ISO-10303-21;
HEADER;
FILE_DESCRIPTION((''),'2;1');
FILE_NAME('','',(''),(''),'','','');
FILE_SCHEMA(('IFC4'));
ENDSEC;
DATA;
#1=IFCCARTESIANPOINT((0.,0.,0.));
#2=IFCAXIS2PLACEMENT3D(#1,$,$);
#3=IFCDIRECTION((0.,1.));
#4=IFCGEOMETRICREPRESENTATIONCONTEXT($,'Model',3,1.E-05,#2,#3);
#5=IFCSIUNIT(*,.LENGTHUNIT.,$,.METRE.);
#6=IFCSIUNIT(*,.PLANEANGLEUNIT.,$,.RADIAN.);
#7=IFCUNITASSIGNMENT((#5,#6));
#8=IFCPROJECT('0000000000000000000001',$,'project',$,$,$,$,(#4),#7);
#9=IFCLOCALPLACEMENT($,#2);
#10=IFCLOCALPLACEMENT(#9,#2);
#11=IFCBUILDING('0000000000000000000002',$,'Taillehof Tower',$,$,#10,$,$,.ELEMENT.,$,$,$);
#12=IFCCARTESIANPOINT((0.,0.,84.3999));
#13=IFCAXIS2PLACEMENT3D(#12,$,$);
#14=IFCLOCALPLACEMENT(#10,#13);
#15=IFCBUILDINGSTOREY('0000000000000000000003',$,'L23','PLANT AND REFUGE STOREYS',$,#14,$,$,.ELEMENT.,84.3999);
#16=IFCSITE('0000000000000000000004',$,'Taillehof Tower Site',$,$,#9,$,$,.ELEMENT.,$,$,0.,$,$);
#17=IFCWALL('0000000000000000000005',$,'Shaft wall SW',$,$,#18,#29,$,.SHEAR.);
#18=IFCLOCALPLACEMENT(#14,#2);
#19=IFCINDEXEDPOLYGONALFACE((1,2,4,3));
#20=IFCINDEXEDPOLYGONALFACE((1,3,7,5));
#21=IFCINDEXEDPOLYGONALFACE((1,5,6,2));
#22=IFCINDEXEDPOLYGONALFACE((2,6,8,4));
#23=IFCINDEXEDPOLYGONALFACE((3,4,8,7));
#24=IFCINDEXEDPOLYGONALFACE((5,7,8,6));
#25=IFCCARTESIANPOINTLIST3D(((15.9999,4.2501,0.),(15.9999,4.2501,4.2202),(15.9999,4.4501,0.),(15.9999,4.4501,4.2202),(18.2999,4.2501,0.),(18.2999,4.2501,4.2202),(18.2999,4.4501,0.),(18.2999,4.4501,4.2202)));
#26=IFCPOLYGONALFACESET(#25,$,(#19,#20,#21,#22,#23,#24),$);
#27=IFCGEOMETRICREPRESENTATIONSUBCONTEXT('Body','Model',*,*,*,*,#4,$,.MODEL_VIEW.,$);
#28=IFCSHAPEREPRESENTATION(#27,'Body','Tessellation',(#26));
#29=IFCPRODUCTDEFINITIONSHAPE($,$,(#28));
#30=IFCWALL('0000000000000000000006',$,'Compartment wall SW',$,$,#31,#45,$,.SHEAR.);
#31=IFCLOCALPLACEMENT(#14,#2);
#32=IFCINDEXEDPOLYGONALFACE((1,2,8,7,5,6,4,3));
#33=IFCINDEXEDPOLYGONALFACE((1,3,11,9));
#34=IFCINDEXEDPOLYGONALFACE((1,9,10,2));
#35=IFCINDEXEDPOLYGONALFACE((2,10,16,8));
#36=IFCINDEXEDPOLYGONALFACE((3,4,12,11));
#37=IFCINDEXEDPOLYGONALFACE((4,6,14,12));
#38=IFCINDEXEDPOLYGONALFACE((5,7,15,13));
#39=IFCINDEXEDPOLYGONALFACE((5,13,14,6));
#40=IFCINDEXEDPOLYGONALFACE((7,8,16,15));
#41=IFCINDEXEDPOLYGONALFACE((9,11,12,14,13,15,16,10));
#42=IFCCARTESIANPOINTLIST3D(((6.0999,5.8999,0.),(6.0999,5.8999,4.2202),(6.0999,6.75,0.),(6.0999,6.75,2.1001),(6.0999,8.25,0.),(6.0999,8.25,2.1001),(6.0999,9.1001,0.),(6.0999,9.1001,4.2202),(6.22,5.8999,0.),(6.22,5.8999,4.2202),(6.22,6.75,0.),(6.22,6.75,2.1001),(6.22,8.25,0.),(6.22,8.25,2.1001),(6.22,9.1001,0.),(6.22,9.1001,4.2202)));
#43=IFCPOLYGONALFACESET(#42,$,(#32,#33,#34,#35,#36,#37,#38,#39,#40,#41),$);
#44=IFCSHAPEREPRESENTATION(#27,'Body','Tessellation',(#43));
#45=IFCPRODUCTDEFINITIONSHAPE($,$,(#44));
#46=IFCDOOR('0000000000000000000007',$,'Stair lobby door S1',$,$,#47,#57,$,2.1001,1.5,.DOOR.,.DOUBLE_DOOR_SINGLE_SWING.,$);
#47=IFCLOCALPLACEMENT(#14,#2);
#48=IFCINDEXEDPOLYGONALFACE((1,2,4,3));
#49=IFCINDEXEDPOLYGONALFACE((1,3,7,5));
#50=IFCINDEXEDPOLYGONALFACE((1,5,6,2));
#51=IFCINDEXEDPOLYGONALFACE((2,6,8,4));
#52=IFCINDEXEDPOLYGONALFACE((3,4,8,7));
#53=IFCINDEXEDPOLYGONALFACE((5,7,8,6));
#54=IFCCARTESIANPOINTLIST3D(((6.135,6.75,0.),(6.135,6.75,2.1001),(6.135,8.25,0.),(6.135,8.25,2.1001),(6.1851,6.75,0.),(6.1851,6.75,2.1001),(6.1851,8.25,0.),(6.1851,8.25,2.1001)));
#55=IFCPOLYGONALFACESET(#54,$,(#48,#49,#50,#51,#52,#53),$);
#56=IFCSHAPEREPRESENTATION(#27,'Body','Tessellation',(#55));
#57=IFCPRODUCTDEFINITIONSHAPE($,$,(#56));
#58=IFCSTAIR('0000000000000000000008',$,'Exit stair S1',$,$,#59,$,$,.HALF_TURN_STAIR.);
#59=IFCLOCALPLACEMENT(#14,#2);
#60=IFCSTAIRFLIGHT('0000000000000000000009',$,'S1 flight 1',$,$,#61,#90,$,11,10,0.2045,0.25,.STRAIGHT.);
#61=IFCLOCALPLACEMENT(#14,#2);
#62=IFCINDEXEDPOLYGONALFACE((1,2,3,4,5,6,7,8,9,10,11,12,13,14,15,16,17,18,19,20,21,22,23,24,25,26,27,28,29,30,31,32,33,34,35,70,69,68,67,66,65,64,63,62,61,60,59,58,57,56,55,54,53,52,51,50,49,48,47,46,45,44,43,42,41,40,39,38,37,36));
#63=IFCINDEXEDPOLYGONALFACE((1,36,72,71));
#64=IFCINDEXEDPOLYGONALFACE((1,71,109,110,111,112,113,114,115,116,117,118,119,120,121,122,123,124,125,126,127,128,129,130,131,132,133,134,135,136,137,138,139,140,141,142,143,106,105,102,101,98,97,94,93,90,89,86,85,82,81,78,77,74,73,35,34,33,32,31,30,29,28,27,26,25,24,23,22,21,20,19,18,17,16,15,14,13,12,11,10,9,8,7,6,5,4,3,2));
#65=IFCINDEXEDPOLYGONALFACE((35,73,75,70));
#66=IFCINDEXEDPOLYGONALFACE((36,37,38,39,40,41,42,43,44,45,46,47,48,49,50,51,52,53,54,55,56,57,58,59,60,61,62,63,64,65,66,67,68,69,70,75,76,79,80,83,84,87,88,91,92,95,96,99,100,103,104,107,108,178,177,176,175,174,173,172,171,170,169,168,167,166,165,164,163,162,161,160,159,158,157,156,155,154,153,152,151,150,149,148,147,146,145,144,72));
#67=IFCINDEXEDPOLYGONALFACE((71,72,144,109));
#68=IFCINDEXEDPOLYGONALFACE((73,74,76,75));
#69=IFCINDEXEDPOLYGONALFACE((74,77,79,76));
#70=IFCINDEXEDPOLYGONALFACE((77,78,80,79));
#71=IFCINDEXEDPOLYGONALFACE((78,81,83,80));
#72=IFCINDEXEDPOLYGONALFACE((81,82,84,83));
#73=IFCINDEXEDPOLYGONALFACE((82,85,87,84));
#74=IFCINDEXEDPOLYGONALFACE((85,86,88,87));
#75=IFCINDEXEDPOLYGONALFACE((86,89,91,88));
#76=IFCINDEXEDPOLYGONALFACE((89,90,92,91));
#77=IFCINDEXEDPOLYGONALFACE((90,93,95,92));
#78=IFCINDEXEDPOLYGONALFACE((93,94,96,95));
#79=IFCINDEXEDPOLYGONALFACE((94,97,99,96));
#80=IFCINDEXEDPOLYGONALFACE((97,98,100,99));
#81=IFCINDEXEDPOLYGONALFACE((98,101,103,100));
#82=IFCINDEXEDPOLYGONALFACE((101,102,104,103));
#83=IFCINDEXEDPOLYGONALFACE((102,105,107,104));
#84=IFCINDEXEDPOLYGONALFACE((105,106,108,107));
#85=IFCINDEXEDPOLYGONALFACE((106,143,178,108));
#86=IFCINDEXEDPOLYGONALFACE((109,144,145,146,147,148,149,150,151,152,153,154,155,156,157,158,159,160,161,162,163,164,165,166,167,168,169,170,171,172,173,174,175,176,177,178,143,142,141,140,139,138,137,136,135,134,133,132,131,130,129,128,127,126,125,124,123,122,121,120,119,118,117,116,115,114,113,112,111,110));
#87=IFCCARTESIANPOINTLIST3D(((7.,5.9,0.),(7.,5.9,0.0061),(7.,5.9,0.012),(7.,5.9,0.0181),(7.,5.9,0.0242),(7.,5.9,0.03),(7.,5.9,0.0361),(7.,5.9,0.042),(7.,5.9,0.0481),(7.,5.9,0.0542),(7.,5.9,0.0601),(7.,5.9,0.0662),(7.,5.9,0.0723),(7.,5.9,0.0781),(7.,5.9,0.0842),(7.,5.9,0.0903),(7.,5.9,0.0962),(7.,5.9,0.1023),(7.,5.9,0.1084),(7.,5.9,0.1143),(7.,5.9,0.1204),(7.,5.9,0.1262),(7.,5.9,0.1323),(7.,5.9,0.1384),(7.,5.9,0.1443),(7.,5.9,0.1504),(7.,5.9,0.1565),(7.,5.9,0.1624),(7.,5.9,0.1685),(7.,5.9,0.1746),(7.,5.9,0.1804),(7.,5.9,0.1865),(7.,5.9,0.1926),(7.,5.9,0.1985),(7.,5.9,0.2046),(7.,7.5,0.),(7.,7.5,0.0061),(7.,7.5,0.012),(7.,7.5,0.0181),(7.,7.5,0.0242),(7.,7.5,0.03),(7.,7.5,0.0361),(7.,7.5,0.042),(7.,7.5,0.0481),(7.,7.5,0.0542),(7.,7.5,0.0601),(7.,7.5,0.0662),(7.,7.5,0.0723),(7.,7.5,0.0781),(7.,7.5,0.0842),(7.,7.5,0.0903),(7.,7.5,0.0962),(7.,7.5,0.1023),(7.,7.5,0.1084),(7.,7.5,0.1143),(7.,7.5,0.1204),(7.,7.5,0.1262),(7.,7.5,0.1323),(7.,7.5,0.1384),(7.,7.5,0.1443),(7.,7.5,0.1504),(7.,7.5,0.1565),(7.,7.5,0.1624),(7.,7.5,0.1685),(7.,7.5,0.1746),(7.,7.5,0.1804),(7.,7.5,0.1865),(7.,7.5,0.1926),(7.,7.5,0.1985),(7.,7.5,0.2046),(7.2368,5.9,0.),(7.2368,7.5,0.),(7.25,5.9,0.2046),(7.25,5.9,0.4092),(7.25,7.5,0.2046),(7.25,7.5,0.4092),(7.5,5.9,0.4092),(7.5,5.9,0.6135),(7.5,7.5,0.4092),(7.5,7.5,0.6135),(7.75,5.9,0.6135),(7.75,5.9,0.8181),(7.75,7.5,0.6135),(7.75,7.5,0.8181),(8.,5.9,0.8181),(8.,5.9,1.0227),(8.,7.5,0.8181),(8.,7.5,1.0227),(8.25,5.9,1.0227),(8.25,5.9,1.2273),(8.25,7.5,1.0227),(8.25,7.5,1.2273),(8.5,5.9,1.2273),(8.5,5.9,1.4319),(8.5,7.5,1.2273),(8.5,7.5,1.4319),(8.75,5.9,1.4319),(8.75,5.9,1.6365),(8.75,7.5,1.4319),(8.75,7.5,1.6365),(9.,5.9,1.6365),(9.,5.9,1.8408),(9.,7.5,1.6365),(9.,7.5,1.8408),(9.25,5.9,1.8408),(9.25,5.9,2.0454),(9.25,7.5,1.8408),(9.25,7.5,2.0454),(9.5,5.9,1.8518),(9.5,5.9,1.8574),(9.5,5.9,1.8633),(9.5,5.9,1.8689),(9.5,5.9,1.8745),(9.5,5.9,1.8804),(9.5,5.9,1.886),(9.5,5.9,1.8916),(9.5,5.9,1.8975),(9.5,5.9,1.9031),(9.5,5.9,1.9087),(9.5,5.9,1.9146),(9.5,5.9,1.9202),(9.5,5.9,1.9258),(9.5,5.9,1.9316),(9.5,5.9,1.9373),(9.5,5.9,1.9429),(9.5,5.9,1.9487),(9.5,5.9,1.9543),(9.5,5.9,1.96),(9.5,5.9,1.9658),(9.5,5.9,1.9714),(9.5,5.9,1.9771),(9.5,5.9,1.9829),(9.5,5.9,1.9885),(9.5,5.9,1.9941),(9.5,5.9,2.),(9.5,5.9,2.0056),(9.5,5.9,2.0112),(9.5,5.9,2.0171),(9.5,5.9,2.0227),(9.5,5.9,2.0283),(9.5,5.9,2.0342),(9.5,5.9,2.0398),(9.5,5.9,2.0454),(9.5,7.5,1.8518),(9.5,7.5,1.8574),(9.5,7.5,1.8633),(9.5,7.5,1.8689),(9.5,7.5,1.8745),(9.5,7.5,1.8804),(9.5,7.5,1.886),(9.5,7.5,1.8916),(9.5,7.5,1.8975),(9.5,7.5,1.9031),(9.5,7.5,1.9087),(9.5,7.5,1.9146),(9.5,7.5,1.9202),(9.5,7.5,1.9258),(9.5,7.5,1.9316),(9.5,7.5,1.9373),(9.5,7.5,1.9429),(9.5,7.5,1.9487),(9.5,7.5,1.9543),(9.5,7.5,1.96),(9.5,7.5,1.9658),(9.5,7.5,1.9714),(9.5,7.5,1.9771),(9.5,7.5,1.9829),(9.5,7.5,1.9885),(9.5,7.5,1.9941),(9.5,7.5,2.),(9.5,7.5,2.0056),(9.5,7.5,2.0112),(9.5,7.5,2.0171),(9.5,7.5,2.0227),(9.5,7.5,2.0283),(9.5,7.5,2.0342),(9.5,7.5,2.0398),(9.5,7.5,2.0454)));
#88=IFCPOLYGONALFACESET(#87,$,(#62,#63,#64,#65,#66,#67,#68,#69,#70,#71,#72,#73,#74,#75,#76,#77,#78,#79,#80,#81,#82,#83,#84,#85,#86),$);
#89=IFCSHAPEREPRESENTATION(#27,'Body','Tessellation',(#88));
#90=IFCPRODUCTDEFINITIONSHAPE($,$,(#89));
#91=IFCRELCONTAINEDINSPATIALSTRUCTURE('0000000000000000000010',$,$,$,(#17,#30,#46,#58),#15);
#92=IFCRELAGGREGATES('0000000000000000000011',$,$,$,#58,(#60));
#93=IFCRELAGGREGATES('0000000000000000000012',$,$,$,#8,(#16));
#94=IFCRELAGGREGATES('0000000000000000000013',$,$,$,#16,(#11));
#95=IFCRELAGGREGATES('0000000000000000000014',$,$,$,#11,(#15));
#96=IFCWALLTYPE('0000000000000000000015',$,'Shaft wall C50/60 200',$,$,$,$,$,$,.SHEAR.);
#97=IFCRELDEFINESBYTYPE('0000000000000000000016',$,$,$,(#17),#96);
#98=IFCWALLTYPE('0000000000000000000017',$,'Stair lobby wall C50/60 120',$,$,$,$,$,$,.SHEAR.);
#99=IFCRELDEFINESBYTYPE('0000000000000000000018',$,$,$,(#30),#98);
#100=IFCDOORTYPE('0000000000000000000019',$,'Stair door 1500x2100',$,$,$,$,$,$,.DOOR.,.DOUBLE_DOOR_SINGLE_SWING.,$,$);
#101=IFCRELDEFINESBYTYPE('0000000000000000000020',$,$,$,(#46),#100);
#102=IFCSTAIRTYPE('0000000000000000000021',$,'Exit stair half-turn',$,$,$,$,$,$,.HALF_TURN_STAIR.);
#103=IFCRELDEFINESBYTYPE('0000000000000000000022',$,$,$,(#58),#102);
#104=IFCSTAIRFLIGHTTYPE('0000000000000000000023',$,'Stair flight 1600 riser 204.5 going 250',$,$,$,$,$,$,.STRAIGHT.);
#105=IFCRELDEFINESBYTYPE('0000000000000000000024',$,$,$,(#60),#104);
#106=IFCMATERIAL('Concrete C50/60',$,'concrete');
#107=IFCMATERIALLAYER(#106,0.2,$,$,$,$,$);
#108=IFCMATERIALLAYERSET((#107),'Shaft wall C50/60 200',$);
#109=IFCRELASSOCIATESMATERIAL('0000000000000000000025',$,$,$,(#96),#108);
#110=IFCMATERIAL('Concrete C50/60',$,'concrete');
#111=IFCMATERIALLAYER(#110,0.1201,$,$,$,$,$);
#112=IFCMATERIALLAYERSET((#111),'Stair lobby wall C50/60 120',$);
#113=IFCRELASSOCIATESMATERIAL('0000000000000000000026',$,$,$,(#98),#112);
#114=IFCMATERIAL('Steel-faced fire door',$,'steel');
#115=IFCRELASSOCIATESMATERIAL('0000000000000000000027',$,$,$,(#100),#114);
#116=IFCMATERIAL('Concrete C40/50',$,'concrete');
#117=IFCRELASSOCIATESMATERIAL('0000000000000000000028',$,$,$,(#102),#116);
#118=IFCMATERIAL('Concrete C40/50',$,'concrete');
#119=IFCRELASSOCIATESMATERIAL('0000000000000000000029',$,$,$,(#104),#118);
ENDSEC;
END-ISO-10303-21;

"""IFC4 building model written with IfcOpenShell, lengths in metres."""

from ifc_helpers import new_model, si_unit, direction, frame, frame_2d, origin, place, context, subcontext, project, spatial, polyline, rectangle, outline, extrude, material, layer, layer_set, type_object, element, fill, aggregate, save


model = new_model("IFC4")

# Units and contexts
model_context = context("Model", 3, precision=1e-05, world=origin(), true_north=direction((0.0, 1.0)))
body_context = subcontext(model_context, "Body", "Model", "MODEL_VIEW")
ifc_project = project(units=[si_unit("LENGTHUNIT", "METRE"), si_unit("PLANEANGLEUNIT", "RADIAN")], contexts=[model_context])

# Site, building, storey
site_placement = place(None, origin())
site = spatial("IfcSite", under=ifc_project, at=site_placement, Name="Taillehof Tower Site", CompositionType="ELEMENT", RefElevation=0.0)
building_placement = place(site_placement, origin())
building = spatial("IfcBuilding", under=site, at=building_placement, Name="Taillehof Tower", CompositionType="ELEMENT")
storey_placement = place(building_placement, frame((0.0, 0.0, 84.3999)))
storey = spatial("IfcBuildingStorey", under=building, at=storey_placement, Name="L23", Description="PLANT AND REFUGE STOREYS", CompositionType="ELEMENT", Elevation=84.3999)

# Shared definitions
ifc_material_1 = material(Name="Concrete C50/60", Category="concrete")
ifc_layer_1 = layer(ifc_material_1, 0.2)
ifc_layer_set_1 = layer_set([ifc_layer_1], Name="Shaft wall C50/60 200")
wall_type_1 = type_object("IfcWallType", Name="Shaft wall C50/60 200", PredefinedType="SHEAR", material=ifc_layer_set_1)

# Wall
for number, where, z_axis, x_axis, name in (
    (1, (16.0, 4.3501, 0.0), (0.0, 0.0, 1.0), (1.0, 0.0, 0.0), "Shaft wall SW"),
):
    element("IfcWall", number, at=place(storey_placement, frame(where, z_axis=z_axis, x_axis=x_axis)), inside=storey, type_object=wall_type_1, Name=name, PredefinedType="SHEAR", context=body_context, shape_type="SweptSolid", body=[
        extrude(rectangle(XDim=2.3, YDim=0.2, at=frame_2d((1.1499, 0.0))), origin(), (0.0, 0.0, 1.0), 4.2202),
    ])

# Wall, opening, door
ifc_material_2 = material(Name="Concrete C50/60", Category="concrete")
ifc_layer_2 = layer(ifc_material_2, 0.1201)
ifc_layer_set_2 = layer_set([ifc_layer_2], Name="Stair lobby wall C50/60 120")
wall_type_2 = type_object("IfcWallType", Name="Stair lobby wall C50/60 120", PredefinedType="SHEAR", material=ifc_layer_set_2)
wall_1_placement = place(storey_placement, frame((6.1599, 5.8999, 0.0), z_axis=(0.0, 0.0, 1.0), x_axis=(0.0, 1.0, 0.0)))
wall_1 = element("IfcWall", 2, at=wall_1_placement, inside=storey, type_object=wall_type_2, Name="Compartment wall SW", PredefinedType="SHEAR", context=body_context, shape_type="SweptSolid", body=[
    extrude(rectangle(XDim=3.2002, YDim=0.1201, at=frame_2d((1.6001, 0.0))), origin(), (0.0, 0.0, 1.0), 4.2202),
])
opening_1_placement = place(wall_1_placement, frame((0.8501, 0.0, 0.0)))
opening_1 = element("IfcOpeningElement", 3, at=opening_1_placement, cuts=wall_1, PredefinedType="OPENING", context=body_context, shape_type="SweptSolid", body=[
    extrude(rectangle(XDim=1.5, YDim=2.1001, at=frame_2d((0.75, 1.05))), frame((0.0, 0.0701, 0.0), z_axis=(0.0, -1.0, 0.0), x_axis=(1.0, 0.0, 0.0)), (0.0, 0.0, 1.0), 0.1401),
])
ifc_material_3 = material(Name="Steel-faced fire door", Category="steel")
door_type_1 = type_object("IfcDoorType", Name="Stair door 1500x2100", OperationType="DOUBLE_DOOR_SINGLE_SWING", PredefinedType="DOOR", material=ifc_material_3)
door_1_placement = place(opening_1_placement, origin())
door_1 = element("IfcDoor", 4, at=door_1_placement, inside=storey, type_object=door_type_1, Name="Stair lobby door S1", OperationType="DOUBLE_DOOR_SINGLE_SWING", OverallHeight=2.1001, OverallWidth=1.5, PredefinedType="DOOR", context=body_context, shape_type="SweptSolid", body=[
    extrude(rectangle(XDim=1.5, YDim=2.1001, at=frame_2d((0.75, 1.05))), frame((0.0, 0.0249, 0.0), z_axis=(0.0, -1.0, 0.0), x_axis=(1.0, 0.0, 0.0)), (0.0, 0.0, 1.0), 0.05),
])
fill(opening_1, door_1)

# Stair, stair flight
ifc_material_4 = material(Name="Concrete C40/50", Category="concrete")
stair_type = type_object("IfcStairType", Name="Exit stair half-turn", PredefinedType="HALF_TURN_STAIR", material=ifc_material_4)
stair_placement = place(storey_placement, origin())
stair = element("IfcStair", 5, at=stair_placement, inside=storey, type_object=stair_type, Name="Exit stair S1", PredefinedType="HALF_TURN_STAIR")
ifc_material_5 = material(Name="Concrete C40/50", Category="concrete")
stair_flight_type = type_object("IfcStairFlightType", Name="Stair flight 1600 riser 204.5 going 250", PredefinedType="STRAIGHT", material=ifc_material_5)
stair_flight_1_placement = place(storey_placement, frame((7.0, 6.7, 0.0), z_axis=(0.0, 0.0, 1.0), x_axis=(1.0, 0.0, 0.0)))
stair_flight_1 = element("IfcStairFlight", 6, at=stair_flight_1_placement, type_object=stair_flight_type, Name="S1 flight 1", NumberOfRisers=11, NumberOfTreads=10, PredefinedType="STRAIGHT", RiserHeight=0.2045, TreadLength=0.25, context=body_context, shape_type="SweptSolid", body=[
    extrude(outline(polyline([(0.0, 0.0), (0.0, 0.0061), (0.0, 0.012), (0.0, 0.0181), (0.0, 0.0242), (0.0, 0.03), (0.0, 0.0361), (0.0, 0.042), (0.0, 0.0481), (0.0, 0.0542), (0.0, 0.0601), (0.0, 0.0662), (0.0, 0.0723), (0.0, 0.0781), (0.0, 0.0842), (0.0, 0.0903), (0.0, 0.0962), (0.0, 0.1023), (0.0, 0.1084), (0.0, 0.1143), (0.0, 0.1204), (0.0, 0.1262), (0.0, 0.1323), (0.0, 0.1384), (0.0, 0.1443), (0.0, 0.1504), (0.0, 0.1565), (0.0, 0.1624), (0.0, 0.1685), (0.0, 0.1746), (0.0, 0.1804), (0.0, 0.1865), (0.0, 0.1926), (0.0, 0.1985), (0.0, 0.2046), (0.25, 0.2046), (0.25, 0.4092), (0.5, 0.4092), (0.5, 0.6135), (0.75, 0.6135), (0.75, 0.8181), (1.0, 0.8181), (1.0, 1.0227), (1.25, 1.0227), (1.25, 1.2273), (1.5, 1.2273), (1.5, 1.4319), (1.75, 1.4319), (1.75, 1.6365), (2.0, 1.6365), (2.0, 1.8408), (2.25, 1.8408), (2.25, 2.0454), (2.5, 2.0454), (2.5, 2.0398), (2.5, 2.0342), (2.5, 2.0283), (2.5, 2.0227), (2.5, 2.0171), (2.5, 2.0112), (2.5, 2.0056), (2.5, 2.0), (2.5, 1.9941), (2.5, 1.9885), (2.5, 1.9829), (2.5, 1.9771), (2.5, 1.9714), (2.5, 1.9658), (2.5, 1.96), (2.5, 1.9543), (2.5, 1.9487), (2.5, 1.9429), (2.5, 1.9373), (2.5, 1.9316), (2.5, 1.9258), (2.5, 1.9202), (2.5, 1.9146), (2.5, 1.9087), (2.5, 1.9031), (2.5, 1.8975), (2.5, 1.8916), (2.5, 1.886), (2.5, 1.8804), (2.5, 1.8745), (2.5, 1.8689), (2.5, 1.8633), (2.5, 1.8574), (2.5, 1.8518), (0.2368, 0.0), (0.0, 0.0)])), frame((0.0, 0.8, 0.0), z_axis=(0.0, -1.0, 0.0), x_axis=(1.0, 0.0, 0.0)), (0.0, 0.0, 1.0), 1.6),
])
aggregate(stair, [stair_flight_1])

save(model, "model.ifc")
